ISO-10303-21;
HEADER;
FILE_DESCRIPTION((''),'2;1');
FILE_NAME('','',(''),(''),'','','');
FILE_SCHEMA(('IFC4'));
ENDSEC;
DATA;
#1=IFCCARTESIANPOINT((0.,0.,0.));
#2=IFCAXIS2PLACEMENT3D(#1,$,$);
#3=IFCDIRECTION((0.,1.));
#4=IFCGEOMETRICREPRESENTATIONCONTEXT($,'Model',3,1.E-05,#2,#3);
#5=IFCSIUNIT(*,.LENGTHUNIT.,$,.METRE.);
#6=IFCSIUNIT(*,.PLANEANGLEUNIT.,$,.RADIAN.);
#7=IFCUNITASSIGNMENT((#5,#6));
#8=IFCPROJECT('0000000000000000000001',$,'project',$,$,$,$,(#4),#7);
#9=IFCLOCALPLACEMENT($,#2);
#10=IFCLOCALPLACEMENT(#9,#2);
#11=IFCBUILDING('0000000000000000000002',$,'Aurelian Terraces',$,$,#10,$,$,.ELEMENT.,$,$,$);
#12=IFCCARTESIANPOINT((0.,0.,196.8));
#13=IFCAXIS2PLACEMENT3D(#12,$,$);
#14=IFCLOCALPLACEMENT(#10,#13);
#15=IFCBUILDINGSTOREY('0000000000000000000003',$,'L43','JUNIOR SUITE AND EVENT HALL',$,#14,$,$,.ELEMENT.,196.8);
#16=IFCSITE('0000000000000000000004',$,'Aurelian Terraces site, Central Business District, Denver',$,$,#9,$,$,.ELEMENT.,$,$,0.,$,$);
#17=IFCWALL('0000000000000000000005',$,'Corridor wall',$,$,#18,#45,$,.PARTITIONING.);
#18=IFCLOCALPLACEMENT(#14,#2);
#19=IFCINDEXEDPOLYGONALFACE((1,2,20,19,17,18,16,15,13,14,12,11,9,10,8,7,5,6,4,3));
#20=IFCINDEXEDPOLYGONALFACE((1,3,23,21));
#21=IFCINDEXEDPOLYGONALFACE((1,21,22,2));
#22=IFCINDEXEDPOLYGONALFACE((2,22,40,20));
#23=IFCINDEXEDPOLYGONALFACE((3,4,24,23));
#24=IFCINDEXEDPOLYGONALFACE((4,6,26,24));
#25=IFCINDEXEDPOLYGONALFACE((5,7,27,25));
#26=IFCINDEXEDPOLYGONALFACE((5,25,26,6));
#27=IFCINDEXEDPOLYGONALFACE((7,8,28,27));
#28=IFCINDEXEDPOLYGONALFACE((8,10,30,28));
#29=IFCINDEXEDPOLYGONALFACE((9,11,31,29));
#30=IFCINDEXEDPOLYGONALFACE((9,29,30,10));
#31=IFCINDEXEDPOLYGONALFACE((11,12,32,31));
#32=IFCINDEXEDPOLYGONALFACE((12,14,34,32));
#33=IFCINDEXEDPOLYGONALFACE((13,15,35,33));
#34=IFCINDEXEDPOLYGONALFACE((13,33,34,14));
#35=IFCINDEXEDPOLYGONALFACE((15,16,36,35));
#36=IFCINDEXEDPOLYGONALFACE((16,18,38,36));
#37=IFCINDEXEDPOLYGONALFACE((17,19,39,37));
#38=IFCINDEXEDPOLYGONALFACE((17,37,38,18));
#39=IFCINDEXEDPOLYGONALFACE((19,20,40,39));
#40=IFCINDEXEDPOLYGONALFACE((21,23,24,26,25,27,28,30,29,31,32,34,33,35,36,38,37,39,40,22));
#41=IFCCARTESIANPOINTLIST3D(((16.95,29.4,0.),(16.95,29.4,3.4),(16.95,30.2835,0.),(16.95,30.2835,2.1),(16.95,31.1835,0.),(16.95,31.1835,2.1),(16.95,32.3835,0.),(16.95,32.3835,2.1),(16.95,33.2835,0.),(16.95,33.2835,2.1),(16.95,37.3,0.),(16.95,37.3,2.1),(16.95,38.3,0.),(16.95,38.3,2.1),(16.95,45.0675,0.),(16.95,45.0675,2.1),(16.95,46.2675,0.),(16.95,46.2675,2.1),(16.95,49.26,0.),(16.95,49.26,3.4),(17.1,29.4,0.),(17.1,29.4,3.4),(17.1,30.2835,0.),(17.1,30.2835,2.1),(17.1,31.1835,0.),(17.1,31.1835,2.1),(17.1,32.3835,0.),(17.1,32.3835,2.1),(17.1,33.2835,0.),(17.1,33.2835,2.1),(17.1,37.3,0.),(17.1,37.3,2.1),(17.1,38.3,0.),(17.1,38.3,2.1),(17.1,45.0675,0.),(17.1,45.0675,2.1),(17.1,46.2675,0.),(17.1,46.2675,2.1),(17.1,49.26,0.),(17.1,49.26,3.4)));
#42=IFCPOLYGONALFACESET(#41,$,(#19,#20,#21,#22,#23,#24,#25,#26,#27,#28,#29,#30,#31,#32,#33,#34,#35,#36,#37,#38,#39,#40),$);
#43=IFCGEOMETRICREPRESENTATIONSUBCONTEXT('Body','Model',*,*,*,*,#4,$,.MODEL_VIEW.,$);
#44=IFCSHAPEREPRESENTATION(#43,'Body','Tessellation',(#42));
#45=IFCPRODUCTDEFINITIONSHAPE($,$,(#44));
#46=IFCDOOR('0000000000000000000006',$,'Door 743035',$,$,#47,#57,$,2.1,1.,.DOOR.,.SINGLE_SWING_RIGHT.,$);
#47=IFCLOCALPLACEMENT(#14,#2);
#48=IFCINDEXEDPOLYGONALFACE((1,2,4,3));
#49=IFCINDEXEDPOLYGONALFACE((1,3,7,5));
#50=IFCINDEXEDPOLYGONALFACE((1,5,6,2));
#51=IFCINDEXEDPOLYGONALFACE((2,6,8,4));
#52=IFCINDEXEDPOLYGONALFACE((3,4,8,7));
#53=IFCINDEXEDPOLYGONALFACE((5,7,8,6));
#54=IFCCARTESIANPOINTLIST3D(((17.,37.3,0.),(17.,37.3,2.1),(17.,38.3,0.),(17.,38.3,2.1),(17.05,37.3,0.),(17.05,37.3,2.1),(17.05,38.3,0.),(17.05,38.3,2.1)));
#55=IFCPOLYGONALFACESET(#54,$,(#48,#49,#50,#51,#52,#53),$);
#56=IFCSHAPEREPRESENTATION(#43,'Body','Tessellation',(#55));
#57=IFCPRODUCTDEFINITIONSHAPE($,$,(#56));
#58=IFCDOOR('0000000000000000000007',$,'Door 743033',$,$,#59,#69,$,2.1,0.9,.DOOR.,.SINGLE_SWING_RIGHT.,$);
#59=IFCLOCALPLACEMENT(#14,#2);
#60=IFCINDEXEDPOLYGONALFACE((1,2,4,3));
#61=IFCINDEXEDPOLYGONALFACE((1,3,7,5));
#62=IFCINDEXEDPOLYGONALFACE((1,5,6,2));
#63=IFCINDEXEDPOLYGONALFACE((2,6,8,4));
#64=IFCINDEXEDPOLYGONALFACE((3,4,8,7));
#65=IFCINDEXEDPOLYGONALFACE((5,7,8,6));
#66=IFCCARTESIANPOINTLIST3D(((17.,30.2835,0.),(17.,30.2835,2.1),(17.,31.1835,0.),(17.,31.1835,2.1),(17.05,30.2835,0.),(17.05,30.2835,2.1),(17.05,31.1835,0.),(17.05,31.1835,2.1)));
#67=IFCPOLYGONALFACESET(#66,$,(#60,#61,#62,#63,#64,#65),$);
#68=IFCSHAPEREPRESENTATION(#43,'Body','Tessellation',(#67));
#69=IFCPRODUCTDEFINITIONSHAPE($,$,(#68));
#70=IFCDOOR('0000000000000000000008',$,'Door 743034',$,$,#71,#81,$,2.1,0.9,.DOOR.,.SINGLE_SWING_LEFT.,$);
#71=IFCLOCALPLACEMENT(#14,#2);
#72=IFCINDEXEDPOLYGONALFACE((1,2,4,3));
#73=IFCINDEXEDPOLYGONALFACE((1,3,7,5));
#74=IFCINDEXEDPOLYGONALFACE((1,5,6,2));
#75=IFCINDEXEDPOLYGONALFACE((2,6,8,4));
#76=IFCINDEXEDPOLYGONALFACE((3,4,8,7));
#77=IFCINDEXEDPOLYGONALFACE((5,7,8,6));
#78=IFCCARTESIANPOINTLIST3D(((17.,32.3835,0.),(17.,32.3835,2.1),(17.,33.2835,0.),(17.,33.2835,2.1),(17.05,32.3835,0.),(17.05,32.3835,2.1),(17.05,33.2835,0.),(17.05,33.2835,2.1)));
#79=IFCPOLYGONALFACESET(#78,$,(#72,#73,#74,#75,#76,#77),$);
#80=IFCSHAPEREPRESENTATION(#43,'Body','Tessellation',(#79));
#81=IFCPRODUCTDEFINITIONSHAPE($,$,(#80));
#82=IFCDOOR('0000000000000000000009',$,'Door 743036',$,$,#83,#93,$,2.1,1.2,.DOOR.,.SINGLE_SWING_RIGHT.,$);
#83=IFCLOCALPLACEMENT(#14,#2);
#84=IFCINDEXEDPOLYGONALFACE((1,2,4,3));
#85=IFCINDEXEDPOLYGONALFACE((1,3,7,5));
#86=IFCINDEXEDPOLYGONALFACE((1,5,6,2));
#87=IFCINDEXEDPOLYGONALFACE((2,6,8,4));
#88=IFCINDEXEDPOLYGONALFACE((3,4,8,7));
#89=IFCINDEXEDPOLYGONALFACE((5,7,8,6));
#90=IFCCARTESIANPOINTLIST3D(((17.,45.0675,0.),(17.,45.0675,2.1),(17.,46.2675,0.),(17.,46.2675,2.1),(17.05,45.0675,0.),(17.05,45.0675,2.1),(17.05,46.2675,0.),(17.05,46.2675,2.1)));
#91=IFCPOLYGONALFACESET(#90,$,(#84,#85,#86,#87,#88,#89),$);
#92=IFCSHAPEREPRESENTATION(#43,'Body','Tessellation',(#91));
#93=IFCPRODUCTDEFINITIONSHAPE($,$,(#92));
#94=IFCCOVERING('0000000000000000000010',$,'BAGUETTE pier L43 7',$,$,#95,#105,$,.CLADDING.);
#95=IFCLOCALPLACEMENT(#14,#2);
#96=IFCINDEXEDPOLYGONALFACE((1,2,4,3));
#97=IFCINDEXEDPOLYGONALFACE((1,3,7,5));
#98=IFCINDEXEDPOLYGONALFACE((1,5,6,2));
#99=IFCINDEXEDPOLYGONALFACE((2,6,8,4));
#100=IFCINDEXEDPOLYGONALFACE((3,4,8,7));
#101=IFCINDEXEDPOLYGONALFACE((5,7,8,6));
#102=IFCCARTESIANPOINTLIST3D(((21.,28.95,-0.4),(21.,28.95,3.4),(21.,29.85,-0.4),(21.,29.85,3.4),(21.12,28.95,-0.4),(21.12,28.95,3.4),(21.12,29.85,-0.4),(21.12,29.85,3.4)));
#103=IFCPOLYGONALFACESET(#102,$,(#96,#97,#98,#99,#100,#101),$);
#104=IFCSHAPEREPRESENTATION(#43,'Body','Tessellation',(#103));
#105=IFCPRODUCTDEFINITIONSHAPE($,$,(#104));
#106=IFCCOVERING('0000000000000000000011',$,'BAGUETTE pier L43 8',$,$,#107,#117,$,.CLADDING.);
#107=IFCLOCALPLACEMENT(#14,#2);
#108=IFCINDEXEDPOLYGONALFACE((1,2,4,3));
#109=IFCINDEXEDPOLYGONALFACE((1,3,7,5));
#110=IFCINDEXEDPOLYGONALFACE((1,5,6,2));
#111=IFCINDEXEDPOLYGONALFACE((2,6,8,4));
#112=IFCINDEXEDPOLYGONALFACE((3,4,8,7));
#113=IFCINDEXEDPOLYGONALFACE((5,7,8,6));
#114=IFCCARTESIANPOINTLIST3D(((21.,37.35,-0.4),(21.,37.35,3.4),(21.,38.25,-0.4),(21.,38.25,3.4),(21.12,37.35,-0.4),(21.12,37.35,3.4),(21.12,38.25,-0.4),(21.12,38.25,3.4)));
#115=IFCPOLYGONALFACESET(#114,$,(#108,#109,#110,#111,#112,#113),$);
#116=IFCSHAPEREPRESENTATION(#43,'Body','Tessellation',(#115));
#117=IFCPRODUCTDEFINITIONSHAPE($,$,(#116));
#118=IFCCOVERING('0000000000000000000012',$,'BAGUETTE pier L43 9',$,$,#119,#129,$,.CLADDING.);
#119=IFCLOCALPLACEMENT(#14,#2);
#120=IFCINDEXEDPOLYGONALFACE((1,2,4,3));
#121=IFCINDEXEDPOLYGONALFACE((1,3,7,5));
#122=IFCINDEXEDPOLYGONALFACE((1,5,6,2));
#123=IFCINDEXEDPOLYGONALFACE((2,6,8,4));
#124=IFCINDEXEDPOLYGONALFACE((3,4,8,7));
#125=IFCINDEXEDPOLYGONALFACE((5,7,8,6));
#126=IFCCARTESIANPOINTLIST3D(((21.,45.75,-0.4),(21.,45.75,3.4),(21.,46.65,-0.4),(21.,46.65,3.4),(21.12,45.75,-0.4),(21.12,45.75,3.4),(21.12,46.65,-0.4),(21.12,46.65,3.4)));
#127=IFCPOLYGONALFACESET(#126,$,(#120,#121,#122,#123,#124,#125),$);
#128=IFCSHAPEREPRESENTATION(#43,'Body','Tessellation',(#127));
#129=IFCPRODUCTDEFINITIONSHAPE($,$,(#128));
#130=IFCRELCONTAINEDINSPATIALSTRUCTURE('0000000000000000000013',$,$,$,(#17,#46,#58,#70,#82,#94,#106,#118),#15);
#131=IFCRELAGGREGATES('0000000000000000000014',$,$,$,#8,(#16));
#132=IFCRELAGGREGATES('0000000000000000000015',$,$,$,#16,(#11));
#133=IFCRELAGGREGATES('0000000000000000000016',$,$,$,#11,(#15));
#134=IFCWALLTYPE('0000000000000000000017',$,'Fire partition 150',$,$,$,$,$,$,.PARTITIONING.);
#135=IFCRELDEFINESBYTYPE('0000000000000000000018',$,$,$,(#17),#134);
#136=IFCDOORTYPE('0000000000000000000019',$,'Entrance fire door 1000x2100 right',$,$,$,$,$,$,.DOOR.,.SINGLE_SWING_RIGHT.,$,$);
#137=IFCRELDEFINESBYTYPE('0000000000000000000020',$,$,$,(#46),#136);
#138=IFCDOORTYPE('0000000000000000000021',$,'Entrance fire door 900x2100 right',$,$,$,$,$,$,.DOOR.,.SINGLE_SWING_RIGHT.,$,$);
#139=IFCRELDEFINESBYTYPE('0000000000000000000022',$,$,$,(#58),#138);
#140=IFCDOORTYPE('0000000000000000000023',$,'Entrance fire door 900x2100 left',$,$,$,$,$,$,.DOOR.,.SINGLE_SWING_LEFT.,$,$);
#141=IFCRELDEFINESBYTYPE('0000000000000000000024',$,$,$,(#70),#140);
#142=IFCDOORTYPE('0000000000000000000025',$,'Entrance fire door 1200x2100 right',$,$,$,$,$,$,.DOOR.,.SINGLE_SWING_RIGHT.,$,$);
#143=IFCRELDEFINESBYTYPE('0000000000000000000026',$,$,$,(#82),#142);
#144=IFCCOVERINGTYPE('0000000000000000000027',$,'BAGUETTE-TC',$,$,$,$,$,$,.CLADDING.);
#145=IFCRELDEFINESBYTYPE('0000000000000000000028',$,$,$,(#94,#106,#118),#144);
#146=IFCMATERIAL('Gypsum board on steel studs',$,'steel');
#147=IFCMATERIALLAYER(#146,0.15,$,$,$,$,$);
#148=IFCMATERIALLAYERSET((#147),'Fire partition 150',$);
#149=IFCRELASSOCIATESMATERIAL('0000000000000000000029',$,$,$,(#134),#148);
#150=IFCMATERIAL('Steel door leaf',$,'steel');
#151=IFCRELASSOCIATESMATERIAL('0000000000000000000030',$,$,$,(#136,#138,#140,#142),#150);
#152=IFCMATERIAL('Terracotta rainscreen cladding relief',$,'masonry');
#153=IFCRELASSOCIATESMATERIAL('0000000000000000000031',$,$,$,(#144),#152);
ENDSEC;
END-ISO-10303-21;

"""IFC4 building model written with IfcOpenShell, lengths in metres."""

from ifc_helpers import new_model, si_unit, direction, frame, frame_2d, origin, origin_2d, place, context, subcontext, project, spatial, rectangle, extrude, source, transform, mapped, material, layer, layer_set, type_object, element, fill, save


model = new_model("IFC4")

# Units and contexts
model_context = context("Model", 3, precision=1e-05, world=origin(), true_north=direction((0.0, 1.0)))
body_context = subcontext(model_context, "Body", "Model", "MODEL_VIEW")
ifc_project = project(units=[si_unit("LENGTHUNIT", "METRE"), si_unit("PLANEANGLEUNIT", "RADIAN")], contexts=[model_context])

# Site, building, storey
site_placement = place(None, origin())
site = spatial("IfcSite", under=ifc_project, at=site_placement, Name="Aurelian Terraces site, Central Business District, Denver", CompositionType="ELEMENT", RefElevation=0.0)
building_placement = place(site_placement, origin())
building = spatial("IfcBuilding", under=site, at=building_placement, Name="Aurelian Terraces", CompositionType="ELEMENT")
storey_placement = place(building_placement, frame((0.0, 0.0, 196.8)))
storey = spatial("IfcBuildingStorey", under=building, at=storey_placement, Name="L43", Description="JUNIOR SUITE AND EVENT HALL", CompositionType="ELEMENT", Elevation=196.8)

# Shared definitions
ifc_material_1 = material(Name="Gypsum board on steel studs", Category="steel")
ifc_layer_1 = layer(ifc_material_1, 0.15)
ifc_layer_set_1 = layer_set([ifc_layer_1], Name="Fire partition 150")
wall_type_1 = type_object("IfcWallType", Name="Fire partition 150", PredefinedType="PARTITIONING", material=ifc_layer_set_1)

# Wall, openings, doors
shared_shape_1 = source(origin(), body_context, "Body", "SweptSolid", [
    extrude(rectangle(XDim=19.86, YDim=0.15, at=frame_2d((9.93, 0.0))), origin(), (0.0, 0.0, 1.0), 3.4),
])
wall_1_placement = place(storey_placement, frame((17.025, 49.26, 0.0), z_axis=(0.0, 0.0, 1.0), x_axis=(0.0, -1.0, 0.0)))
wall_1 = element("IfcWall", 1, at=wall_1_placement, inside=storey, type_object=wall_type_1, Name="Corridor wall", PredefinedType="PARTITIONING", context=body_context, shape_type="MappedRepresentation", body=[
    mapped(shared_shape_1, transform((0.0, 0.0, 0.0), scale=1.0)),
])
shared_shape_2 = source(origin(), body_context, "Body", "SweptSolid", [
    extrude(rectangle(XDim=0.9, YDim=2.1, at=frame_2d((0.45, 1.05))), frame((0.0, 0.085, 0.0), z_axis=(0.0, -1.0, 0.0), x_axis=(1.0, 0.0, 0.0)), (0.0, 0.0, 1.0), 0.17),
])
opening_1_placement = place(wall_1_placement, frame((18.0765, 0.0, 0.0)))
opening_1 = element("IfcOpeningElement", 2, at=opening_1_placement, cuts=wall_1, PredefinedType="OPENING", context=body_context, shape_type="MappedRepresentation", body=[
    mapped(shared_shape_2, transform((0.0, 0.0, 0.0), scale=1.0)),
])
opening_2_placement = place(wall_1_placement, frame((15.9765, 0.0, 0.0)))
opening_2 = element("IfcOpeningElement", 3, at=opening_2_placement, cuts=wall_1, PredefinedType="OPENING", context=body_context, shape_type="MappedRepresentation", body=[
    mapped(shared_shape_2, transform((0.0, 0.0, 0.0), scale=1.0)),
])
shared_shape_3 = source(origin(), body_context, "Body", "SweptSolid", [
    extrude(rectangle(XDim=1.0, YDim=2.1, at=frame_2d((0.5, 1.05))), frame((0.0, 0.085, 0.0), z_axis=(0.0, -1.0, 0.0), x_axis=(1.0, 0.0, 0.0)), (0.0, 0.0, 1.0), 0.17),
])
opening_3_placement = place(wall_1_placement, frame((10.96, 0.0, 0.0)))
opening_3 = element("IfcOpeningElement", 4, at=opening_3_placement, cuts=wall_1, PredefinedType="OPENING", context=body_context, shape_type="MappedRepresentation", body=[
    mapped(shared_shape_3, transform((0.0, 0.0, 0.0), scale=1.0)),
])
shared_shape_4 = source(origin(), body_context, "Body", "SweptSolid", [
    extrude(rectangle(XDim=1.2, YDim=2.1, at=frame_2d((0.6, 1.05))), frame((0.0, 0.085, 0.0), z_axis=(0.0, -1.0, 0.0), x_axis=(1.0, 0.0, 0.0)), (0.0, 0.0, 1.0), 0.17),
])
opening_4_placement = place(wall_1_placement, frame((2.9925, 0.0, 0.0)))
opening_4 = element("IfcOpeningElement", 5, at=opening_4_placement, cuts=wall_1, PredefinedType="OPENING", context=body_context, shape_type="MappedRepresentation", body=[
    mapped(shared_shape_4, transform((0.0, 0.0, 0.0), scale=1.0)),
])
ifc_material_2 = material(Name="Steel door leaf", Category="steel")
door_type_1 = type_object("IfcDoorType", Name="Entrance fire door 1000x2100 right", OperationType="SINGLE_SWING_RIGHT", PredefinedType="DOOR", material=ifc_material_2)
shared_shape_5 = source(origin(), body_context, "Body", "SweptSolid", [
    extrude(rectangle(XDim=1.0, YDim=2.1, at=frame_2d((0.5, 1.05))), frame((0.0, 0.025, 0.0), z_axis=(0.0, -1.0, 0.0), x_axis=(1.0, 0.0, 0.0)), (0.0, 0.0, 1.0), 0.05),
])
door_1_placement = place(opening_3_placement, origin())
door_1 = element("IfcDoor", 6, at=door_1_placement, inside=storey, type_object=door_type_1, Name="Door 743035", OperationType="SINGLE_SWING_RIGHT", OverallHeight=2.1, OverallWidth=1.0, PredefinedType="DOOR", context=body_context, shape_type="MappedRepresentation", body=[
    mapped(shared_shape_5, transform((0.0, 0.0, 0.0), scale=1.0)),
])
fill(opening_3, door_1)
door_type_2 = type_object("IfcDoorType", Name="Entrance fire door 900x2100 right", OperationType="SINGLE_SWING_RIGHT", PredefinedType="DOOR", material=ifc_material_2)
shared_shape_6 = source(origin(), body_context, "Body", "SweptSolid", [
    extrude(rectangle(XDim=0.9, YDim=2.1, at=frame_2d((0.45, 1.05))), frame((0.0, 0.025, 0.0), z_axis=(0.0, -1.0, 0.0), x_axis=(1.0, 0.0, 0.0)), (0.0, 0.0, 1.0), 0.05),
])
door_2_placement = place(opening_1_placement, origin())
door_2 = element("IfcDoor", 7, at=door_2_placement, inside=storey, type_object=door_type_2, Name="Door 743033", OperationType="SINGLE_SWING_RIGHT", OverallHeight=2.1, OverallWidth=0.9, PredefinedType="DOOR", context=body_context, shape_type="MappedRepresentation", body=[
    mapped(shared_shape_6, transform((0.0, 0.0, 0.0), scale=1.0)),
])
fill(opening_1, door_2)
door_type_3 = type_object("IfcDoorType", Name="Entrance fire door 900x2100 left", OperationType="SINGLE_SWING_LEFT", PredefinedType="DOOR", material=ifc_material_2)
door_3_placement = place(opening_2_placement, origin())
door_3 = element("IfcDoor", 8, at=door_3_placement, inside=storey, type_object=door_type_3, Name="Door 743034", OperationType="SINGLE_SWING_LEFT", OverallHeight=2.1, OverallWidth=0.9, PredefinedType="DOOR", context=body_context, shape_type="MappedRepresentation", body=[
    mapped(shared_shape_6, transform((0.0, 0.0, 0.0), scale=1.0)),
])
fill(opening_2, door_3)
door_type_4 = type_object("IfcDoorType", Name="Entrance fire door 1200x2100 right", OperationType="SINGLE_SWING_RIGHT", PredefinedType="DOOR", material=ifc_material_2)
shared_shape_7 = source(origin(), body_context, "Body", "SweptSolid", [
    extrude(rectangle(XDim=1.2, YDim=2.1, at=frame_2d((0.6, 1.05))), frame((0.0, 0.025, 0.0), z_axis=(0.0, -1.0, 0.0), x_axis=(1.0, 0.0, 0.0)), (0.0, 0.0, 1.0), 0.05),
])
door_4_placement = place(opening_4_placement, origin())
door_4 = element("IfcDoor", 9, at=door_4_placement, inside=storey, type_object=door_type_4, Name="Door 743036", OperationType="SINGLE_SWING_RIGHT", OverallHeight=2.1, OverallWidth=1.2, PredefinedType="DOOR", context=body_context, shape_type="MappedRepresentation", body=[
    mapped(shared_shape_7, transform((0.0, 0.0, 0.0), scale=1.0)),
])
fill(opening_4, door_4)

# Coverings
ifc_material_3 = material(Name="Terracotta rainscreen cladding relief", Category="masonry")
covering_type = type_object("IfcCoveringType", Name="BAGUETTE-TC", PredefinedType="CLADDING", material=ifc_material_3)
shared_shape_8 = source(origin(), body_context, "Body", "SweptSolid", [
    extrude(rectangle(XDim=0.12, YDim=0.9, at=origin_2d()), origin(), (0.0, 0.0, 1.0), 3.8),
])
for number, where, z_axis, x_axis, name in (
    (10, (21.06, 29.4, -0.4), (0.0, 0.0, 1.0), (1.0, 0.0, 0.0), "BAGUETTE pier L43 7"),
    (11, (21.06, 37.8, -0.4), (0.0, 0.0, 1.0), (1.0, 0.0, 0.0), "BAGUETTE pier L43 8"),
    (12, (21.06, 46.2, -0.4), (0.0, 0.0, 1.0), (1.0, 0.0, 0.0), "BAGUETTE pier L43 9"),
):
    element("IfcCovering", number, at=place(storey_placement, frame(where, z_axis=z_axis, x_axis=x_axis)), inside=storey, type_object=covering_type, Name=name, PredefinedType="CLADDING", context=body_context, shape_type="MappedRepresentation", body=[
        mapped(shared_shape_8, transform((0.0, 0.0, 0.0), scale=1.0)),
    ])

save(model, "model.ifc")
